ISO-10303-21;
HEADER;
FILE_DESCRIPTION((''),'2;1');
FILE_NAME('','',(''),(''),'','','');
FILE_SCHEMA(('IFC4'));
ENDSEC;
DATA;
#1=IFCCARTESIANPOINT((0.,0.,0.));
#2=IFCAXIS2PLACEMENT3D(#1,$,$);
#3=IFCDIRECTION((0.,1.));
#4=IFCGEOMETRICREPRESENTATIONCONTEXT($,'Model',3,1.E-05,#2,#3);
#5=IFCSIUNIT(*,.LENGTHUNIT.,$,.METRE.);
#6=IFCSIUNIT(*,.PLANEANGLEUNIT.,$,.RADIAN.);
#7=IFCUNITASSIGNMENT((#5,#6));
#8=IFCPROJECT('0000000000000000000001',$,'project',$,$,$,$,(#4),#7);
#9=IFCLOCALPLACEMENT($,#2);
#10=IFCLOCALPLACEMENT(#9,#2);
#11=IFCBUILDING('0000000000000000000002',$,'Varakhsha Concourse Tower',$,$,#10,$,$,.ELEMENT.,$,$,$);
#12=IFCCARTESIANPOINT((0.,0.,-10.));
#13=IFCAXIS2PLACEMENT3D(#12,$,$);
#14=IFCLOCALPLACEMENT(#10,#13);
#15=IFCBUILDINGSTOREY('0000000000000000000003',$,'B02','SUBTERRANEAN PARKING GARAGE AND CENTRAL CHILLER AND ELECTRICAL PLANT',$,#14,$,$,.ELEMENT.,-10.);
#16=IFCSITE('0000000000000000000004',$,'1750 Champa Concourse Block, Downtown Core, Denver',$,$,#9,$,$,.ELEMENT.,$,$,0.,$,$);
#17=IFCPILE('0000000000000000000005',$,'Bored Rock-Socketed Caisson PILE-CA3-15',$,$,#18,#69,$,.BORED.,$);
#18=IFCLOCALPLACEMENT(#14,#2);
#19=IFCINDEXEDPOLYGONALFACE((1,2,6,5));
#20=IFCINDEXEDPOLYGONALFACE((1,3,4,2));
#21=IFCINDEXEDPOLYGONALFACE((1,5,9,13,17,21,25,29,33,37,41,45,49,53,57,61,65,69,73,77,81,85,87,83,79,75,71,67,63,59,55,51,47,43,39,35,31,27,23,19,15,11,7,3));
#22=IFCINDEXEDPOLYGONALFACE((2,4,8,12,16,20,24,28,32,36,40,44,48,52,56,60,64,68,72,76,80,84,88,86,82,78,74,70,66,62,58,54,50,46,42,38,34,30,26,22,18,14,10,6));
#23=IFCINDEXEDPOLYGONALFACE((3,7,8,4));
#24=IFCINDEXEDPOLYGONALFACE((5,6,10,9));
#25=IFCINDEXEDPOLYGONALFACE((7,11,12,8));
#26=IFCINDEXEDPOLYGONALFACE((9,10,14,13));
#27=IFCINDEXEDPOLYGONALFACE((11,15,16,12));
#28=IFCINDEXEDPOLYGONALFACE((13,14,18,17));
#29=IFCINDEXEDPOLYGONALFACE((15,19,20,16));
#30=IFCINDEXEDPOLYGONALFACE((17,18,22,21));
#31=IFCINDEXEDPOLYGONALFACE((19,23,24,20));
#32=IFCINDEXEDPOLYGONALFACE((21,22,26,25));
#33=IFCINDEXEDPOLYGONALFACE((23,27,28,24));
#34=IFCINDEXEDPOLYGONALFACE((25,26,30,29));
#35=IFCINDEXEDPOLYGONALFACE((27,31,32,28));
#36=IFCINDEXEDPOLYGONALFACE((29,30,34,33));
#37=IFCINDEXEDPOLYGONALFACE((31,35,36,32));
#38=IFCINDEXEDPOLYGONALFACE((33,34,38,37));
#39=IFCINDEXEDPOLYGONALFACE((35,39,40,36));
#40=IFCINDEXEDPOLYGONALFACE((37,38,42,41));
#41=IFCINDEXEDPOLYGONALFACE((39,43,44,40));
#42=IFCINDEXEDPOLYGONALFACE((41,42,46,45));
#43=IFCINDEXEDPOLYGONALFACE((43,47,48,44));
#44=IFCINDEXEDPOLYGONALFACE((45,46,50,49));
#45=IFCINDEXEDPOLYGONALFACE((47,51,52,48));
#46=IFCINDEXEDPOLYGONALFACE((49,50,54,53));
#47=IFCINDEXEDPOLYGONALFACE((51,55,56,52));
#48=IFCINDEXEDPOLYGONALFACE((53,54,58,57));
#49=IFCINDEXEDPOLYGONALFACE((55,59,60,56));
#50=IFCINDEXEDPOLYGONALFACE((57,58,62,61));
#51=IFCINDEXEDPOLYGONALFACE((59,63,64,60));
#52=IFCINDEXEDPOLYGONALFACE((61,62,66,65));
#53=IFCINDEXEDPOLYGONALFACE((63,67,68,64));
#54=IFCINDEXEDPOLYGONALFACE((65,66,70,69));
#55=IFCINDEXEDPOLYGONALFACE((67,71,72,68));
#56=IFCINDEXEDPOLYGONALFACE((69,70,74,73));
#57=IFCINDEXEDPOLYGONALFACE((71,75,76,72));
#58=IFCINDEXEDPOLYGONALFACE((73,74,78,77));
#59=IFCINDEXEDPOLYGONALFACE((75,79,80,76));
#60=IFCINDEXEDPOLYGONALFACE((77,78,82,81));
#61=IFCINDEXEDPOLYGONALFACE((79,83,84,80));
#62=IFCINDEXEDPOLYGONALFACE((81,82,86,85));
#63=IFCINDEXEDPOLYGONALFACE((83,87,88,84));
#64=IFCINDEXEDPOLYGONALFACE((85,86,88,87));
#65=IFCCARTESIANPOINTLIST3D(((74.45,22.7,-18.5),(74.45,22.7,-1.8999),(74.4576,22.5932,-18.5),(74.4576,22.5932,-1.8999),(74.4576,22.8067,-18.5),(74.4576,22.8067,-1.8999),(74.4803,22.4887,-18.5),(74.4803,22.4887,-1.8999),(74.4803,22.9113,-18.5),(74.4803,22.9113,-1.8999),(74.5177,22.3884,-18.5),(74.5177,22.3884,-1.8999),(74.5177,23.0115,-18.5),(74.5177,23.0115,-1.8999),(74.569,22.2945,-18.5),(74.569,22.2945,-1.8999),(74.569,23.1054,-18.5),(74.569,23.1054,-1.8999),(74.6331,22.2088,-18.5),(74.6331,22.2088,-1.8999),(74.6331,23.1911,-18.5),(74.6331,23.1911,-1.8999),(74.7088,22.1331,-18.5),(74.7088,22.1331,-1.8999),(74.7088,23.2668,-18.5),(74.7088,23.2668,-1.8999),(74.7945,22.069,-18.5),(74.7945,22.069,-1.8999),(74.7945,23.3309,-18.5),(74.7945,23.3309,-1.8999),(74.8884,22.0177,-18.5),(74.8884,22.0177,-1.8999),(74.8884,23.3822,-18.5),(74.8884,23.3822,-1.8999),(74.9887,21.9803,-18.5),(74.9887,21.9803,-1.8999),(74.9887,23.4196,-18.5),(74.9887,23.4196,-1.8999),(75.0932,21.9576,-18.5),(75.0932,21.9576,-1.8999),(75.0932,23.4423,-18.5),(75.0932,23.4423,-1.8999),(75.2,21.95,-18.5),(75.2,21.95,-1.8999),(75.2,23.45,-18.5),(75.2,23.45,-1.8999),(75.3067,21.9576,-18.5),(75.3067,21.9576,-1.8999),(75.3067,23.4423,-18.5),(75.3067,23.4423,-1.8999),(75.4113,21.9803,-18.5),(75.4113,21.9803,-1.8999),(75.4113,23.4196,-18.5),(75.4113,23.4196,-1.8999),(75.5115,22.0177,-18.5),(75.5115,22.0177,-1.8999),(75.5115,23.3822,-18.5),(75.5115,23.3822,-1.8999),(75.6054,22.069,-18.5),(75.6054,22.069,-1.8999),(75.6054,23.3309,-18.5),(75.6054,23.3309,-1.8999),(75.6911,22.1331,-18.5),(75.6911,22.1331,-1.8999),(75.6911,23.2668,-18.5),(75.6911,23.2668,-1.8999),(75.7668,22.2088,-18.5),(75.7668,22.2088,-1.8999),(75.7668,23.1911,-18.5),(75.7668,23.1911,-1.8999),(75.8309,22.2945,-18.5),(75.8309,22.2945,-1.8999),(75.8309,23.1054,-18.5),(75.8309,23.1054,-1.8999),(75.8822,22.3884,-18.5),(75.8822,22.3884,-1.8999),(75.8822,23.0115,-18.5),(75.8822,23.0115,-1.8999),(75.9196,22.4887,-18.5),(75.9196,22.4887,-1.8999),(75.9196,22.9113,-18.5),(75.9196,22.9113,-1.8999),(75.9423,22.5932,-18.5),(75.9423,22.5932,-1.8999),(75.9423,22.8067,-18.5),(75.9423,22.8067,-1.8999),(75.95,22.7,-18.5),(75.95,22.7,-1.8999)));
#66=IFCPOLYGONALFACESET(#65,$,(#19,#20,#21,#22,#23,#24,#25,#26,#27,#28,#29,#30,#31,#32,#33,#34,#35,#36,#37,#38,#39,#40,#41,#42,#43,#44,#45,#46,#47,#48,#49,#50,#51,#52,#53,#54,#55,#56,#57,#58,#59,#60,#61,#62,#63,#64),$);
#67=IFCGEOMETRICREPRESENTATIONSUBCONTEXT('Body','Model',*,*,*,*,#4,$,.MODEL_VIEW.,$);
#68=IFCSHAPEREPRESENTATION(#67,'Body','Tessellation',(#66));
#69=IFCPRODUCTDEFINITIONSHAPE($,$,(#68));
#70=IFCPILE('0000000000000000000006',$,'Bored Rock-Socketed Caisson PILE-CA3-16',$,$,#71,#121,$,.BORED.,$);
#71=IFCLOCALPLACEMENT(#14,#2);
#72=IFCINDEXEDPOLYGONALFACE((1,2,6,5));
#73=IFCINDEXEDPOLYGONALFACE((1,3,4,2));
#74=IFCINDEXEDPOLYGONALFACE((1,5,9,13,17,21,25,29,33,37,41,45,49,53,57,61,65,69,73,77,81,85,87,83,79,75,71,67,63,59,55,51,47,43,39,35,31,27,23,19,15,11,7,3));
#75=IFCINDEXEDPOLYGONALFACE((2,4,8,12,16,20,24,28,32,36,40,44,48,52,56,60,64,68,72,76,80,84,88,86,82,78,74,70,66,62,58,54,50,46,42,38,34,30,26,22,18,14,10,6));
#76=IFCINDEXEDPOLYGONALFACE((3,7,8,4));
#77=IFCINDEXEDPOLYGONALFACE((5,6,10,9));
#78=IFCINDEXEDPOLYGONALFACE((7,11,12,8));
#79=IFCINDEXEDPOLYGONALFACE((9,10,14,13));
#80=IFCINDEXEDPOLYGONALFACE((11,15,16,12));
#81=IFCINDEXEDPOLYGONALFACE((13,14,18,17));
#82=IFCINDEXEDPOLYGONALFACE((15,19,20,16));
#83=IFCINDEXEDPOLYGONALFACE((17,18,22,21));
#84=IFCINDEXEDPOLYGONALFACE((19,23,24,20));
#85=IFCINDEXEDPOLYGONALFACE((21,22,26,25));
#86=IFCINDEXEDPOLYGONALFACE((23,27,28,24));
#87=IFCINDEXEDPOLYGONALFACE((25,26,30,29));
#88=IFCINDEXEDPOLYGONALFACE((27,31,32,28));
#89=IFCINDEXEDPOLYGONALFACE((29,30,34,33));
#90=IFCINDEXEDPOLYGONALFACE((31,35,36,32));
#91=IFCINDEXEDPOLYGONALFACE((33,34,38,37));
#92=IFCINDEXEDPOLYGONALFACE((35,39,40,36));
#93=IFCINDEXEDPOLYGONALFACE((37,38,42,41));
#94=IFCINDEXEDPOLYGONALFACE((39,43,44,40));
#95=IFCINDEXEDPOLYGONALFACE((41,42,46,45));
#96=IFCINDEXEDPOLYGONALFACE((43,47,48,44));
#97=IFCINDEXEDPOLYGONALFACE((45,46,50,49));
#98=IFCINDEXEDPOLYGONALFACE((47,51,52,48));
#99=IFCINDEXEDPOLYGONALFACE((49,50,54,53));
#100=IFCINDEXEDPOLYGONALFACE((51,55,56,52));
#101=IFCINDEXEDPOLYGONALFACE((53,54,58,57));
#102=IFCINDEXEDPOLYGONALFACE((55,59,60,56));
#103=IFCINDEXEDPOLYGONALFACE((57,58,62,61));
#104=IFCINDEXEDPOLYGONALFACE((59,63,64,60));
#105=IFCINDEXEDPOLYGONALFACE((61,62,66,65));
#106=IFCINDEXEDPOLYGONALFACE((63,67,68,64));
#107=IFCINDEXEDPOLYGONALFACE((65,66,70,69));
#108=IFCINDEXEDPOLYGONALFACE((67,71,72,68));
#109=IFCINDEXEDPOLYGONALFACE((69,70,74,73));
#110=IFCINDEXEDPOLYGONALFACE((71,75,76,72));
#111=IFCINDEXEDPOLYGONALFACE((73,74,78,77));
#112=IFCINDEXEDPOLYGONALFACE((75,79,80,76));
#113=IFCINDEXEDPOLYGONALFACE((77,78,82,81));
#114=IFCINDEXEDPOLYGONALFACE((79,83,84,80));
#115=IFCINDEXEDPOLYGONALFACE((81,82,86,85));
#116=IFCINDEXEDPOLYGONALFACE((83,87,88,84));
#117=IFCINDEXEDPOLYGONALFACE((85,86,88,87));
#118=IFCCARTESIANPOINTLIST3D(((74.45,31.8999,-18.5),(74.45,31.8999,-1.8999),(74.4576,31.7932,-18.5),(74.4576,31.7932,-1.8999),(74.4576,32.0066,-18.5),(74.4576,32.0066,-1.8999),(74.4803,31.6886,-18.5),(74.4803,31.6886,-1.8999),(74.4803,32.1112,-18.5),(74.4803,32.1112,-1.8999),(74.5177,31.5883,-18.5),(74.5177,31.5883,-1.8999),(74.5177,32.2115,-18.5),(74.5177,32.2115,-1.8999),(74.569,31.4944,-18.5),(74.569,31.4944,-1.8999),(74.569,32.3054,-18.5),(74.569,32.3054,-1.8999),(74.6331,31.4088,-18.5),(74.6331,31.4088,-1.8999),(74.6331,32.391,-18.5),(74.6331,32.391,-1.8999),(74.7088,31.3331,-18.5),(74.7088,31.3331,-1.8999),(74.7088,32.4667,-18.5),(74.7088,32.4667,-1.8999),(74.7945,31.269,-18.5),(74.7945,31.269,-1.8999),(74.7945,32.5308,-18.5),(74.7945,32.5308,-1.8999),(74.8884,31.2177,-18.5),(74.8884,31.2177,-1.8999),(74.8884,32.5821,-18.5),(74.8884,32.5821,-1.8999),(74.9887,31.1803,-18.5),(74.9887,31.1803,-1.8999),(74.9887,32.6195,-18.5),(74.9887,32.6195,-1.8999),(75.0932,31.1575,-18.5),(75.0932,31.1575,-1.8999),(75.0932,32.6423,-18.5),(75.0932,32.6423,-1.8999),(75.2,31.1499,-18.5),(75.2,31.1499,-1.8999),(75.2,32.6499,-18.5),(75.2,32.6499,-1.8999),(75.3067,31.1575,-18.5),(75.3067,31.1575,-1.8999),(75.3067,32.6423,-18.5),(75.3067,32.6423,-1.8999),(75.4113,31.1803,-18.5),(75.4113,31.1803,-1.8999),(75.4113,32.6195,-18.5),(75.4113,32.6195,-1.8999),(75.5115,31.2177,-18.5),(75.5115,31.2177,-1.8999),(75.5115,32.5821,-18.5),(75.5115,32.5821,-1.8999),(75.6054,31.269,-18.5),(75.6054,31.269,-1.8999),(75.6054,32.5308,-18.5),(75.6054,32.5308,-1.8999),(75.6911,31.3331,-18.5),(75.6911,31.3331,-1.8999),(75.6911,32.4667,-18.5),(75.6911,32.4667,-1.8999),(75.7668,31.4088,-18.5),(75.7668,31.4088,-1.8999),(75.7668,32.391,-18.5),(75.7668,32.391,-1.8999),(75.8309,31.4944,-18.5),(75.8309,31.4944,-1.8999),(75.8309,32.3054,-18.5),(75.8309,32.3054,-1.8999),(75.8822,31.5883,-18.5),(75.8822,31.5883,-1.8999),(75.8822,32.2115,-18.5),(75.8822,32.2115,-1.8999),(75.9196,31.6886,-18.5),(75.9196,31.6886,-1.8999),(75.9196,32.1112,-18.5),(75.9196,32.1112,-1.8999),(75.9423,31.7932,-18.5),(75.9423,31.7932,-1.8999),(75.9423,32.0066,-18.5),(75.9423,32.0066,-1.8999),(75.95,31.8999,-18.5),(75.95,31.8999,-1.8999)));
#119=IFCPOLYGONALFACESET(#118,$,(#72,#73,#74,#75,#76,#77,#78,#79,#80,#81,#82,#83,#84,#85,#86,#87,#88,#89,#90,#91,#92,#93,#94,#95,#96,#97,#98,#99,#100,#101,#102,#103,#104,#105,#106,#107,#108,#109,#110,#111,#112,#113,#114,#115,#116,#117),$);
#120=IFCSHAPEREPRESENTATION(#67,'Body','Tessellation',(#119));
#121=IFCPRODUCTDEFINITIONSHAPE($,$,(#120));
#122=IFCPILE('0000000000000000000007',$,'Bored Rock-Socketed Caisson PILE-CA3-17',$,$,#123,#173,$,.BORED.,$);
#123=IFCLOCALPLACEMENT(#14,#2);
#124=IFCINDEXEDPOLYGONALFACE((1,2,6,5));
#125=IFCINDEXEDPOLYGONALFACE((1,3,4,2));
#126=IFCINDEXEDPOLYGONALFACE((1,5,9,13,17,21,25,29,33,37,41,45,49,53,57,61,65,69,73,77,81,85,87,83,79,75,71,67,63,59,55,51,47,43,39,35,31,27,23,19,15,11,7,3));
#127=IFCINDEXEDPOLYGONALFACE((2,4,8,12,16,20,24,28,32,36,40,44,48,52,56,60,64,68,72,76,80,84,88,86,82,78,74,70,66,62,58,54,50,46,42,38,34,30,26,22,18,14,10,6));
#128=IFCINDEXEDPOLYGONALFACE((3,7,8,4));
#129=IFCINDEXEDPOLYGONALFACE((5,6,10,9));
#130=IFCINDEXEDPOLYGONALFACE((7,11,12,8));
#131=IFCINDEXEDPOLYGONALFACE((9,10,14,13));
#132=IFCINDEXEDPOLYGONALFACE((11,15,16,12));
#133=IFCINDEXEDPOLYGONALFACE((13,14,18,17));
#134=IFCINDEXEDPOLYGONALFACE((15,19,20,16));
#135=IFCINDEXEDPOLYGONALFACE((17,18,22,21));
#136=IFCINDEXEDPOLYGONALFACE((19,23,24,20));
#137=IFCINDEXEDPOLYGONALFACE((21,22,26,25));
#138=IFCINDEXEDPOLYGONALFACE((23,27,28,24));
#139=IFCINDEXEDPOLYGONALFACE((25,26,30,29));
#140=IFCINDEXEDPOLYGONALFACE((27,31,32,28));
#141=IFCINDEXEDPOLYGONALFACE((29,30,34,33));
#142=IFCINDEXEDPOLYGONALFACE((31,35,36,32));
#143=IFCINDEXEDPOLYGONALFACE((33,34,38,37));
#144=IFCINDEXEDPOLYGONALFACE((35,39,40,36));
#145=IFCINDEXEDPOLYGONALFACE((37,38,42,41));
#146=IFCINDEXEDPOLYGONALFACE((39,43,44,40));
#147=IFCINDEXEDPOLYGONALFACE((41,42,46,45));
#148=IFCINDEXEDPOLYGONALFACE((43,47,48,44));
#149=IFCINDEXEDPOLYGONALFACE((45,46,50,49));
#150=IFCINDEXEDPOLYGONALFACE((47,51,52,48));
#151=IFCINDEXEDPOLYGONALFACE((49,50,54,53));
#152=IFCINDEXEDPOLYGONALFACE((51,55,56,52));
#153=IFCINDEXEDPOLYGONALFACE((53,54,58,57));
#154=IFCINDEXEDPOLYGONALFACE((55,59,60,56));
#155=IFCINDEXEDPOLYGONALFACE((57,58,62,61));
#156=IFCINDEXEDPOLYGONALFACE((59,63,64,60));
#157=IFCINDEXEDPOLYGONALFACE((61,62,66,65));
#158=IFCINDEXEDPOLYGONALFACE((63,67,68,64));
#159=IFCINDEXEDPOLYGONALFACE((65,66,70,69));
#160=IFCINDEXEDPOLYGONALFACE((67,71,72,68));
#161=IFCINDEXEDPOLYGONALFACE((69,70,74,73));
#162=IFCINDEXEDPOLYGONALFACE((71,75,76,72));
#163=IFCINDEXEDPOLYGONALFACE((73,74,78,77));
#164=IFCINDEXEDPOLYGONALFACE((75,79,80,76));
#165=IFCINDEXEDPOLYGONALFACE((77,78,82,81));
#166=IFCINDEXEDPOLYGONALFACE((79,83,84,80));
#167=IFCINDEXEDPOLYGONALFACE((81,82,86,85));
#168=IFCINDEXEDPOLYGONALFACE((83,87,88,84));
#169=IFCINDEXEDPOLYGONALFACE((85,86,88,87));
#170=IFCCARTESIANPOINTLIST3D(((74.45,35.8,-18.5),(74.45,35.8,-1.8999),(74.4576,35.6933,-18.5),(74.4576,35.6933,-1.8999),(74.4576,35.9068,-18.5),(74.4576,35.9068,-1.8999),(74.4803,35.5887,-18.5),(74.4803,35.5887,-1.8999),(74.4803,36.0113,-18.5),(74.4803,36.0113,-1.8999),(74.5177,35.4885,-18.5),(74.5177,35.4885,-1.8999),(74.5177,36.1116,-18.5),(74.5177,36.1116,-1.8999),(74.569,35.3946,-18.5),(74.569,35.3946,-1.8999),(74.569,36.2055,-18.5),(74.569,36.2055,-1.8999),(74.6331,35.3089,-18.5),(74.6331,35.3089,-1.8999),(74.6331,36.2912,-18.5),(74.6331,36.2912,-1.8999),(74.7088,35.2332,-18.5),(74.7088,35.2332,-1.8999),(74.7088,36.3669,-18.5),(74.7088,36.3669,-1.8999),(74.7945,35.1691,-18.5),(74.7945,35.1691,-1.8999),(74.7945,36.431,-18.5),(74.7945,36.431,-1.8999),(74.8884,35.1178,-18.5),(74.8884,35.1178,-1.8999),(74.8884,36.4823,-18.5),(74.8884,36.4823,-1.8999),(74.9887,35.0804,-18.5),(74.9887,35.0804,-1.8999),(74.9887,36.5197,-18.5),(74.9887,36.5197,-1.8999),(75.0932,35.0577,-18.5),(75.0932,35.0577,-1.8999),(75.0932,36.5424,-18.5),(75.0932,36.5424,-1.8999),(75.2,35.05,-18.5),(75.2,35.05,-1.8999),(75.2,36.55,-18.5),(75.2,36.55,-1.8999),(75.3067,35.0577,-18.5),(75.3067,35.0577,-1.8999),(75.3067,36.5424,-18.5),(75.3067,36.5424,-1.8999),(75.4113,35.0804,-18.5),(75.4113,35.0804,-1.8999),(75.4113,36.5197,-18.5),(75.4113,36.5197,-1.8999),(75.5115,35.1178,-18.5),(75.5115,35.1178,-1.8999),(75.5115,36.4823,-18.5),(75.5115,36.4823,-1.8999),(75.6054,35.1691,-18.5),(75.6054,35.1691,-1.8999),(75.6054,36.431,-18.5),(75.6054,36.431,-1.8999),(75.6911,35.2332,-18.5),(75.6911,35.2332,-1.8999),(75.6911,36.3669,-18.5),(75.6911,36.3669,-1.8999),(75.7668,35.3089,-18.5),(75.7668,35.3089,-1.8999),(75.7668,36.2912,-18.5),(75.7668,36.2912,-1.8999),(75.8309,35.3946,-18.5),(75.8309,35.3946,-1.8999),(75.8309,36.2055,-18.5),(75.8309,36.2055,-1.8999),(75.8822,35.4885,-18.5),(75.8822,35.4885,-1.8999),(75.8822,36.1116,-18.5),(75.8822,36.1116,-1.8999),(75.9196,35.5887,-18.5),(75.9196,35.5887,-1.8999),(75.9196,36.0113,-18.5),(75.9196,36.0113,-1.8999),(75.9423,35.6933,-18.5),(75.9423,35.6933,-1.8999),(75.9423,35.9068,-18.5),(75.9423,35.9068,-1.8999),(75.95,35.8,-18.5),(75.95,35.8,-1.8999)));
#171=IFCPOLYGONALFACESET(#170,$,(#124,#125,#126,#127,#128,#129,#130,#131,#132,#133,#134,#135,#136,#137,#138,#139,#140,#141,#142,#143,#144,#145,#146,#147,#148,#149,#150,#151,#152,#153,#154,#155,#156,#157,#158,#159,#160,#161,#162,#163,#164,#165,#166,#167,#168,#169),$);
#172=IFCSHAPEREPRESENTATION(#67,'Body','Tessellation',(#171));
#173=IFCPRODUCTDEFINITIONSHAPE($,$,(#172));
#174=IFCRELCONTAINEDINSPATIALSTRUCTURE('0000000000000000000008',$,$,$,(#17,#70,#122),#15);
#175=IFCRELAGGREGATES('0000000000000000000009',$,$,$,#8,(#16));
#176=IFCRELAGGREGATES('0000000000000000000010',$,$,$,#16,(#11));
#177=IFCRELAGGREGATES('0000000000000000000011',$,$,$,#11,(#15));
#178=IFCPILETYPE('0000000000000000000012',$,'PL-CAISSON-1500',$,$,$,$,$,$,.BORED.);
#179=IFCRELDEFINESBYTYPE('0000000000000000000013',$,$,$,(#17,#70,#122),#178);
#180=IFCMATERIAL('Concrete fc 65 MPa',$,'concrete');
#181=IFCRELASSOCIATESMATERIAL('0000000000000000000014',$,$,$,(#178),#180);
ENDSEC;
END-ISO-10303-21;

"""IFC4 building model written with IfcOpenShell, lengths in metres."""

from ifc_helpers import new_model, si_unit, direction, frame, origin, origin_2d, place, context, subcontext, project, spatial, circle, extrude, material, material_profile, profile_set, type_object, element, save


model = new_model("IFC4")

# Units and contexts
model_context = context("Model", 3, precision=1e-05, world=origin(), true_north=direction((0.0, 1.0)))
body_context = subcontext(model_context, "Body", "Model", "MODEL_VIEW")
ifc_project = project(units=[si_unit("LENGTHUNIT", "METRE"), si_unit("PLANEANGLEUNIT", "RADIAN")], contexts=[model_context])

# Site, building, storey
site_placement = place(None, origin())
site = spatial("IfcSite", under=ifc_project, at=site_placement, Name="1750 Champa Concourse Block, Downtown Core, Denver", CompositionType="ELEMENT", RefElevation=0.0)
building_placement = place(site_placement, origin())
building = spatial("IfcBuilding", under=site, at=building_placement, Name="Varakhsha Concourse Tower", CompositionType="ELEMENT")
storey_placement = place(building_placement, frame((0.0, 0.0, -10.0)))
storey = spatial("IfcBuildingStorey", under=building, at=storey_placement, Name="B02", Description="SUBTERRANEAN PARKING GARAGE AND CENTRAL CHILLER AND ELECTRICAL PLANT", CompositionType="ELEMENT", Elevation=-10.0)

# Piles
ifc_material_1 = material(Name="Concrete fc 65 MPa", Category="concrete")
ifc_material_profile_1 = material_profile(ifc_material_1, circle(Radius=0.75, at=origin_2d()), Name="CAISSON D1500")
ifc_profile_set_1 = profile_set([ifc_material_profile_1], Name="Concrete fc 65 MPa")
pile_type_1 = type_object("IfcPileType", Name="PL-CAISSON-1500", PredefinedType="BORED", material=ifc_profile_set_1)
for number, where, z_axis, x_axis, name in (
    (1, (75.2, 22.7, -1.8999), (0.0, 0.0, -1.0), (1.0, 0.0, 0.0), "Bored Rock-Socketed Caisson PILE-CA3-15"),
    (2, (75.2, 31.8999, -1.8999), (0.0, 0.0, -1.0), (1.0, 0.0, 0.0), "Bored Rock-Socketed Caisson PILE-CA3-16"),
    (3, (75.2, 35.8, -1.8999), (0.0, 0.0, -1.0), (1.0, 0.0, 0.0), "Bored Rock-Socketed Caisson PILE-CA3-17"),
):
    element("IfcPile", number, at=place(storey_placement, frame(where, z_axis=z_axis, x_axis=x_axis)), inside=storey, type_object=pile_type_1, Name=name, PredefinedType="BORED", context=body_context, shape_type="SweptSolid", body=[
        extrude(circle(Radius=0.75, at=origin_2d()), origin(), (0.0, 0.0, 1.0), 16.6001),
    ])

save(model, "model.ifc")
